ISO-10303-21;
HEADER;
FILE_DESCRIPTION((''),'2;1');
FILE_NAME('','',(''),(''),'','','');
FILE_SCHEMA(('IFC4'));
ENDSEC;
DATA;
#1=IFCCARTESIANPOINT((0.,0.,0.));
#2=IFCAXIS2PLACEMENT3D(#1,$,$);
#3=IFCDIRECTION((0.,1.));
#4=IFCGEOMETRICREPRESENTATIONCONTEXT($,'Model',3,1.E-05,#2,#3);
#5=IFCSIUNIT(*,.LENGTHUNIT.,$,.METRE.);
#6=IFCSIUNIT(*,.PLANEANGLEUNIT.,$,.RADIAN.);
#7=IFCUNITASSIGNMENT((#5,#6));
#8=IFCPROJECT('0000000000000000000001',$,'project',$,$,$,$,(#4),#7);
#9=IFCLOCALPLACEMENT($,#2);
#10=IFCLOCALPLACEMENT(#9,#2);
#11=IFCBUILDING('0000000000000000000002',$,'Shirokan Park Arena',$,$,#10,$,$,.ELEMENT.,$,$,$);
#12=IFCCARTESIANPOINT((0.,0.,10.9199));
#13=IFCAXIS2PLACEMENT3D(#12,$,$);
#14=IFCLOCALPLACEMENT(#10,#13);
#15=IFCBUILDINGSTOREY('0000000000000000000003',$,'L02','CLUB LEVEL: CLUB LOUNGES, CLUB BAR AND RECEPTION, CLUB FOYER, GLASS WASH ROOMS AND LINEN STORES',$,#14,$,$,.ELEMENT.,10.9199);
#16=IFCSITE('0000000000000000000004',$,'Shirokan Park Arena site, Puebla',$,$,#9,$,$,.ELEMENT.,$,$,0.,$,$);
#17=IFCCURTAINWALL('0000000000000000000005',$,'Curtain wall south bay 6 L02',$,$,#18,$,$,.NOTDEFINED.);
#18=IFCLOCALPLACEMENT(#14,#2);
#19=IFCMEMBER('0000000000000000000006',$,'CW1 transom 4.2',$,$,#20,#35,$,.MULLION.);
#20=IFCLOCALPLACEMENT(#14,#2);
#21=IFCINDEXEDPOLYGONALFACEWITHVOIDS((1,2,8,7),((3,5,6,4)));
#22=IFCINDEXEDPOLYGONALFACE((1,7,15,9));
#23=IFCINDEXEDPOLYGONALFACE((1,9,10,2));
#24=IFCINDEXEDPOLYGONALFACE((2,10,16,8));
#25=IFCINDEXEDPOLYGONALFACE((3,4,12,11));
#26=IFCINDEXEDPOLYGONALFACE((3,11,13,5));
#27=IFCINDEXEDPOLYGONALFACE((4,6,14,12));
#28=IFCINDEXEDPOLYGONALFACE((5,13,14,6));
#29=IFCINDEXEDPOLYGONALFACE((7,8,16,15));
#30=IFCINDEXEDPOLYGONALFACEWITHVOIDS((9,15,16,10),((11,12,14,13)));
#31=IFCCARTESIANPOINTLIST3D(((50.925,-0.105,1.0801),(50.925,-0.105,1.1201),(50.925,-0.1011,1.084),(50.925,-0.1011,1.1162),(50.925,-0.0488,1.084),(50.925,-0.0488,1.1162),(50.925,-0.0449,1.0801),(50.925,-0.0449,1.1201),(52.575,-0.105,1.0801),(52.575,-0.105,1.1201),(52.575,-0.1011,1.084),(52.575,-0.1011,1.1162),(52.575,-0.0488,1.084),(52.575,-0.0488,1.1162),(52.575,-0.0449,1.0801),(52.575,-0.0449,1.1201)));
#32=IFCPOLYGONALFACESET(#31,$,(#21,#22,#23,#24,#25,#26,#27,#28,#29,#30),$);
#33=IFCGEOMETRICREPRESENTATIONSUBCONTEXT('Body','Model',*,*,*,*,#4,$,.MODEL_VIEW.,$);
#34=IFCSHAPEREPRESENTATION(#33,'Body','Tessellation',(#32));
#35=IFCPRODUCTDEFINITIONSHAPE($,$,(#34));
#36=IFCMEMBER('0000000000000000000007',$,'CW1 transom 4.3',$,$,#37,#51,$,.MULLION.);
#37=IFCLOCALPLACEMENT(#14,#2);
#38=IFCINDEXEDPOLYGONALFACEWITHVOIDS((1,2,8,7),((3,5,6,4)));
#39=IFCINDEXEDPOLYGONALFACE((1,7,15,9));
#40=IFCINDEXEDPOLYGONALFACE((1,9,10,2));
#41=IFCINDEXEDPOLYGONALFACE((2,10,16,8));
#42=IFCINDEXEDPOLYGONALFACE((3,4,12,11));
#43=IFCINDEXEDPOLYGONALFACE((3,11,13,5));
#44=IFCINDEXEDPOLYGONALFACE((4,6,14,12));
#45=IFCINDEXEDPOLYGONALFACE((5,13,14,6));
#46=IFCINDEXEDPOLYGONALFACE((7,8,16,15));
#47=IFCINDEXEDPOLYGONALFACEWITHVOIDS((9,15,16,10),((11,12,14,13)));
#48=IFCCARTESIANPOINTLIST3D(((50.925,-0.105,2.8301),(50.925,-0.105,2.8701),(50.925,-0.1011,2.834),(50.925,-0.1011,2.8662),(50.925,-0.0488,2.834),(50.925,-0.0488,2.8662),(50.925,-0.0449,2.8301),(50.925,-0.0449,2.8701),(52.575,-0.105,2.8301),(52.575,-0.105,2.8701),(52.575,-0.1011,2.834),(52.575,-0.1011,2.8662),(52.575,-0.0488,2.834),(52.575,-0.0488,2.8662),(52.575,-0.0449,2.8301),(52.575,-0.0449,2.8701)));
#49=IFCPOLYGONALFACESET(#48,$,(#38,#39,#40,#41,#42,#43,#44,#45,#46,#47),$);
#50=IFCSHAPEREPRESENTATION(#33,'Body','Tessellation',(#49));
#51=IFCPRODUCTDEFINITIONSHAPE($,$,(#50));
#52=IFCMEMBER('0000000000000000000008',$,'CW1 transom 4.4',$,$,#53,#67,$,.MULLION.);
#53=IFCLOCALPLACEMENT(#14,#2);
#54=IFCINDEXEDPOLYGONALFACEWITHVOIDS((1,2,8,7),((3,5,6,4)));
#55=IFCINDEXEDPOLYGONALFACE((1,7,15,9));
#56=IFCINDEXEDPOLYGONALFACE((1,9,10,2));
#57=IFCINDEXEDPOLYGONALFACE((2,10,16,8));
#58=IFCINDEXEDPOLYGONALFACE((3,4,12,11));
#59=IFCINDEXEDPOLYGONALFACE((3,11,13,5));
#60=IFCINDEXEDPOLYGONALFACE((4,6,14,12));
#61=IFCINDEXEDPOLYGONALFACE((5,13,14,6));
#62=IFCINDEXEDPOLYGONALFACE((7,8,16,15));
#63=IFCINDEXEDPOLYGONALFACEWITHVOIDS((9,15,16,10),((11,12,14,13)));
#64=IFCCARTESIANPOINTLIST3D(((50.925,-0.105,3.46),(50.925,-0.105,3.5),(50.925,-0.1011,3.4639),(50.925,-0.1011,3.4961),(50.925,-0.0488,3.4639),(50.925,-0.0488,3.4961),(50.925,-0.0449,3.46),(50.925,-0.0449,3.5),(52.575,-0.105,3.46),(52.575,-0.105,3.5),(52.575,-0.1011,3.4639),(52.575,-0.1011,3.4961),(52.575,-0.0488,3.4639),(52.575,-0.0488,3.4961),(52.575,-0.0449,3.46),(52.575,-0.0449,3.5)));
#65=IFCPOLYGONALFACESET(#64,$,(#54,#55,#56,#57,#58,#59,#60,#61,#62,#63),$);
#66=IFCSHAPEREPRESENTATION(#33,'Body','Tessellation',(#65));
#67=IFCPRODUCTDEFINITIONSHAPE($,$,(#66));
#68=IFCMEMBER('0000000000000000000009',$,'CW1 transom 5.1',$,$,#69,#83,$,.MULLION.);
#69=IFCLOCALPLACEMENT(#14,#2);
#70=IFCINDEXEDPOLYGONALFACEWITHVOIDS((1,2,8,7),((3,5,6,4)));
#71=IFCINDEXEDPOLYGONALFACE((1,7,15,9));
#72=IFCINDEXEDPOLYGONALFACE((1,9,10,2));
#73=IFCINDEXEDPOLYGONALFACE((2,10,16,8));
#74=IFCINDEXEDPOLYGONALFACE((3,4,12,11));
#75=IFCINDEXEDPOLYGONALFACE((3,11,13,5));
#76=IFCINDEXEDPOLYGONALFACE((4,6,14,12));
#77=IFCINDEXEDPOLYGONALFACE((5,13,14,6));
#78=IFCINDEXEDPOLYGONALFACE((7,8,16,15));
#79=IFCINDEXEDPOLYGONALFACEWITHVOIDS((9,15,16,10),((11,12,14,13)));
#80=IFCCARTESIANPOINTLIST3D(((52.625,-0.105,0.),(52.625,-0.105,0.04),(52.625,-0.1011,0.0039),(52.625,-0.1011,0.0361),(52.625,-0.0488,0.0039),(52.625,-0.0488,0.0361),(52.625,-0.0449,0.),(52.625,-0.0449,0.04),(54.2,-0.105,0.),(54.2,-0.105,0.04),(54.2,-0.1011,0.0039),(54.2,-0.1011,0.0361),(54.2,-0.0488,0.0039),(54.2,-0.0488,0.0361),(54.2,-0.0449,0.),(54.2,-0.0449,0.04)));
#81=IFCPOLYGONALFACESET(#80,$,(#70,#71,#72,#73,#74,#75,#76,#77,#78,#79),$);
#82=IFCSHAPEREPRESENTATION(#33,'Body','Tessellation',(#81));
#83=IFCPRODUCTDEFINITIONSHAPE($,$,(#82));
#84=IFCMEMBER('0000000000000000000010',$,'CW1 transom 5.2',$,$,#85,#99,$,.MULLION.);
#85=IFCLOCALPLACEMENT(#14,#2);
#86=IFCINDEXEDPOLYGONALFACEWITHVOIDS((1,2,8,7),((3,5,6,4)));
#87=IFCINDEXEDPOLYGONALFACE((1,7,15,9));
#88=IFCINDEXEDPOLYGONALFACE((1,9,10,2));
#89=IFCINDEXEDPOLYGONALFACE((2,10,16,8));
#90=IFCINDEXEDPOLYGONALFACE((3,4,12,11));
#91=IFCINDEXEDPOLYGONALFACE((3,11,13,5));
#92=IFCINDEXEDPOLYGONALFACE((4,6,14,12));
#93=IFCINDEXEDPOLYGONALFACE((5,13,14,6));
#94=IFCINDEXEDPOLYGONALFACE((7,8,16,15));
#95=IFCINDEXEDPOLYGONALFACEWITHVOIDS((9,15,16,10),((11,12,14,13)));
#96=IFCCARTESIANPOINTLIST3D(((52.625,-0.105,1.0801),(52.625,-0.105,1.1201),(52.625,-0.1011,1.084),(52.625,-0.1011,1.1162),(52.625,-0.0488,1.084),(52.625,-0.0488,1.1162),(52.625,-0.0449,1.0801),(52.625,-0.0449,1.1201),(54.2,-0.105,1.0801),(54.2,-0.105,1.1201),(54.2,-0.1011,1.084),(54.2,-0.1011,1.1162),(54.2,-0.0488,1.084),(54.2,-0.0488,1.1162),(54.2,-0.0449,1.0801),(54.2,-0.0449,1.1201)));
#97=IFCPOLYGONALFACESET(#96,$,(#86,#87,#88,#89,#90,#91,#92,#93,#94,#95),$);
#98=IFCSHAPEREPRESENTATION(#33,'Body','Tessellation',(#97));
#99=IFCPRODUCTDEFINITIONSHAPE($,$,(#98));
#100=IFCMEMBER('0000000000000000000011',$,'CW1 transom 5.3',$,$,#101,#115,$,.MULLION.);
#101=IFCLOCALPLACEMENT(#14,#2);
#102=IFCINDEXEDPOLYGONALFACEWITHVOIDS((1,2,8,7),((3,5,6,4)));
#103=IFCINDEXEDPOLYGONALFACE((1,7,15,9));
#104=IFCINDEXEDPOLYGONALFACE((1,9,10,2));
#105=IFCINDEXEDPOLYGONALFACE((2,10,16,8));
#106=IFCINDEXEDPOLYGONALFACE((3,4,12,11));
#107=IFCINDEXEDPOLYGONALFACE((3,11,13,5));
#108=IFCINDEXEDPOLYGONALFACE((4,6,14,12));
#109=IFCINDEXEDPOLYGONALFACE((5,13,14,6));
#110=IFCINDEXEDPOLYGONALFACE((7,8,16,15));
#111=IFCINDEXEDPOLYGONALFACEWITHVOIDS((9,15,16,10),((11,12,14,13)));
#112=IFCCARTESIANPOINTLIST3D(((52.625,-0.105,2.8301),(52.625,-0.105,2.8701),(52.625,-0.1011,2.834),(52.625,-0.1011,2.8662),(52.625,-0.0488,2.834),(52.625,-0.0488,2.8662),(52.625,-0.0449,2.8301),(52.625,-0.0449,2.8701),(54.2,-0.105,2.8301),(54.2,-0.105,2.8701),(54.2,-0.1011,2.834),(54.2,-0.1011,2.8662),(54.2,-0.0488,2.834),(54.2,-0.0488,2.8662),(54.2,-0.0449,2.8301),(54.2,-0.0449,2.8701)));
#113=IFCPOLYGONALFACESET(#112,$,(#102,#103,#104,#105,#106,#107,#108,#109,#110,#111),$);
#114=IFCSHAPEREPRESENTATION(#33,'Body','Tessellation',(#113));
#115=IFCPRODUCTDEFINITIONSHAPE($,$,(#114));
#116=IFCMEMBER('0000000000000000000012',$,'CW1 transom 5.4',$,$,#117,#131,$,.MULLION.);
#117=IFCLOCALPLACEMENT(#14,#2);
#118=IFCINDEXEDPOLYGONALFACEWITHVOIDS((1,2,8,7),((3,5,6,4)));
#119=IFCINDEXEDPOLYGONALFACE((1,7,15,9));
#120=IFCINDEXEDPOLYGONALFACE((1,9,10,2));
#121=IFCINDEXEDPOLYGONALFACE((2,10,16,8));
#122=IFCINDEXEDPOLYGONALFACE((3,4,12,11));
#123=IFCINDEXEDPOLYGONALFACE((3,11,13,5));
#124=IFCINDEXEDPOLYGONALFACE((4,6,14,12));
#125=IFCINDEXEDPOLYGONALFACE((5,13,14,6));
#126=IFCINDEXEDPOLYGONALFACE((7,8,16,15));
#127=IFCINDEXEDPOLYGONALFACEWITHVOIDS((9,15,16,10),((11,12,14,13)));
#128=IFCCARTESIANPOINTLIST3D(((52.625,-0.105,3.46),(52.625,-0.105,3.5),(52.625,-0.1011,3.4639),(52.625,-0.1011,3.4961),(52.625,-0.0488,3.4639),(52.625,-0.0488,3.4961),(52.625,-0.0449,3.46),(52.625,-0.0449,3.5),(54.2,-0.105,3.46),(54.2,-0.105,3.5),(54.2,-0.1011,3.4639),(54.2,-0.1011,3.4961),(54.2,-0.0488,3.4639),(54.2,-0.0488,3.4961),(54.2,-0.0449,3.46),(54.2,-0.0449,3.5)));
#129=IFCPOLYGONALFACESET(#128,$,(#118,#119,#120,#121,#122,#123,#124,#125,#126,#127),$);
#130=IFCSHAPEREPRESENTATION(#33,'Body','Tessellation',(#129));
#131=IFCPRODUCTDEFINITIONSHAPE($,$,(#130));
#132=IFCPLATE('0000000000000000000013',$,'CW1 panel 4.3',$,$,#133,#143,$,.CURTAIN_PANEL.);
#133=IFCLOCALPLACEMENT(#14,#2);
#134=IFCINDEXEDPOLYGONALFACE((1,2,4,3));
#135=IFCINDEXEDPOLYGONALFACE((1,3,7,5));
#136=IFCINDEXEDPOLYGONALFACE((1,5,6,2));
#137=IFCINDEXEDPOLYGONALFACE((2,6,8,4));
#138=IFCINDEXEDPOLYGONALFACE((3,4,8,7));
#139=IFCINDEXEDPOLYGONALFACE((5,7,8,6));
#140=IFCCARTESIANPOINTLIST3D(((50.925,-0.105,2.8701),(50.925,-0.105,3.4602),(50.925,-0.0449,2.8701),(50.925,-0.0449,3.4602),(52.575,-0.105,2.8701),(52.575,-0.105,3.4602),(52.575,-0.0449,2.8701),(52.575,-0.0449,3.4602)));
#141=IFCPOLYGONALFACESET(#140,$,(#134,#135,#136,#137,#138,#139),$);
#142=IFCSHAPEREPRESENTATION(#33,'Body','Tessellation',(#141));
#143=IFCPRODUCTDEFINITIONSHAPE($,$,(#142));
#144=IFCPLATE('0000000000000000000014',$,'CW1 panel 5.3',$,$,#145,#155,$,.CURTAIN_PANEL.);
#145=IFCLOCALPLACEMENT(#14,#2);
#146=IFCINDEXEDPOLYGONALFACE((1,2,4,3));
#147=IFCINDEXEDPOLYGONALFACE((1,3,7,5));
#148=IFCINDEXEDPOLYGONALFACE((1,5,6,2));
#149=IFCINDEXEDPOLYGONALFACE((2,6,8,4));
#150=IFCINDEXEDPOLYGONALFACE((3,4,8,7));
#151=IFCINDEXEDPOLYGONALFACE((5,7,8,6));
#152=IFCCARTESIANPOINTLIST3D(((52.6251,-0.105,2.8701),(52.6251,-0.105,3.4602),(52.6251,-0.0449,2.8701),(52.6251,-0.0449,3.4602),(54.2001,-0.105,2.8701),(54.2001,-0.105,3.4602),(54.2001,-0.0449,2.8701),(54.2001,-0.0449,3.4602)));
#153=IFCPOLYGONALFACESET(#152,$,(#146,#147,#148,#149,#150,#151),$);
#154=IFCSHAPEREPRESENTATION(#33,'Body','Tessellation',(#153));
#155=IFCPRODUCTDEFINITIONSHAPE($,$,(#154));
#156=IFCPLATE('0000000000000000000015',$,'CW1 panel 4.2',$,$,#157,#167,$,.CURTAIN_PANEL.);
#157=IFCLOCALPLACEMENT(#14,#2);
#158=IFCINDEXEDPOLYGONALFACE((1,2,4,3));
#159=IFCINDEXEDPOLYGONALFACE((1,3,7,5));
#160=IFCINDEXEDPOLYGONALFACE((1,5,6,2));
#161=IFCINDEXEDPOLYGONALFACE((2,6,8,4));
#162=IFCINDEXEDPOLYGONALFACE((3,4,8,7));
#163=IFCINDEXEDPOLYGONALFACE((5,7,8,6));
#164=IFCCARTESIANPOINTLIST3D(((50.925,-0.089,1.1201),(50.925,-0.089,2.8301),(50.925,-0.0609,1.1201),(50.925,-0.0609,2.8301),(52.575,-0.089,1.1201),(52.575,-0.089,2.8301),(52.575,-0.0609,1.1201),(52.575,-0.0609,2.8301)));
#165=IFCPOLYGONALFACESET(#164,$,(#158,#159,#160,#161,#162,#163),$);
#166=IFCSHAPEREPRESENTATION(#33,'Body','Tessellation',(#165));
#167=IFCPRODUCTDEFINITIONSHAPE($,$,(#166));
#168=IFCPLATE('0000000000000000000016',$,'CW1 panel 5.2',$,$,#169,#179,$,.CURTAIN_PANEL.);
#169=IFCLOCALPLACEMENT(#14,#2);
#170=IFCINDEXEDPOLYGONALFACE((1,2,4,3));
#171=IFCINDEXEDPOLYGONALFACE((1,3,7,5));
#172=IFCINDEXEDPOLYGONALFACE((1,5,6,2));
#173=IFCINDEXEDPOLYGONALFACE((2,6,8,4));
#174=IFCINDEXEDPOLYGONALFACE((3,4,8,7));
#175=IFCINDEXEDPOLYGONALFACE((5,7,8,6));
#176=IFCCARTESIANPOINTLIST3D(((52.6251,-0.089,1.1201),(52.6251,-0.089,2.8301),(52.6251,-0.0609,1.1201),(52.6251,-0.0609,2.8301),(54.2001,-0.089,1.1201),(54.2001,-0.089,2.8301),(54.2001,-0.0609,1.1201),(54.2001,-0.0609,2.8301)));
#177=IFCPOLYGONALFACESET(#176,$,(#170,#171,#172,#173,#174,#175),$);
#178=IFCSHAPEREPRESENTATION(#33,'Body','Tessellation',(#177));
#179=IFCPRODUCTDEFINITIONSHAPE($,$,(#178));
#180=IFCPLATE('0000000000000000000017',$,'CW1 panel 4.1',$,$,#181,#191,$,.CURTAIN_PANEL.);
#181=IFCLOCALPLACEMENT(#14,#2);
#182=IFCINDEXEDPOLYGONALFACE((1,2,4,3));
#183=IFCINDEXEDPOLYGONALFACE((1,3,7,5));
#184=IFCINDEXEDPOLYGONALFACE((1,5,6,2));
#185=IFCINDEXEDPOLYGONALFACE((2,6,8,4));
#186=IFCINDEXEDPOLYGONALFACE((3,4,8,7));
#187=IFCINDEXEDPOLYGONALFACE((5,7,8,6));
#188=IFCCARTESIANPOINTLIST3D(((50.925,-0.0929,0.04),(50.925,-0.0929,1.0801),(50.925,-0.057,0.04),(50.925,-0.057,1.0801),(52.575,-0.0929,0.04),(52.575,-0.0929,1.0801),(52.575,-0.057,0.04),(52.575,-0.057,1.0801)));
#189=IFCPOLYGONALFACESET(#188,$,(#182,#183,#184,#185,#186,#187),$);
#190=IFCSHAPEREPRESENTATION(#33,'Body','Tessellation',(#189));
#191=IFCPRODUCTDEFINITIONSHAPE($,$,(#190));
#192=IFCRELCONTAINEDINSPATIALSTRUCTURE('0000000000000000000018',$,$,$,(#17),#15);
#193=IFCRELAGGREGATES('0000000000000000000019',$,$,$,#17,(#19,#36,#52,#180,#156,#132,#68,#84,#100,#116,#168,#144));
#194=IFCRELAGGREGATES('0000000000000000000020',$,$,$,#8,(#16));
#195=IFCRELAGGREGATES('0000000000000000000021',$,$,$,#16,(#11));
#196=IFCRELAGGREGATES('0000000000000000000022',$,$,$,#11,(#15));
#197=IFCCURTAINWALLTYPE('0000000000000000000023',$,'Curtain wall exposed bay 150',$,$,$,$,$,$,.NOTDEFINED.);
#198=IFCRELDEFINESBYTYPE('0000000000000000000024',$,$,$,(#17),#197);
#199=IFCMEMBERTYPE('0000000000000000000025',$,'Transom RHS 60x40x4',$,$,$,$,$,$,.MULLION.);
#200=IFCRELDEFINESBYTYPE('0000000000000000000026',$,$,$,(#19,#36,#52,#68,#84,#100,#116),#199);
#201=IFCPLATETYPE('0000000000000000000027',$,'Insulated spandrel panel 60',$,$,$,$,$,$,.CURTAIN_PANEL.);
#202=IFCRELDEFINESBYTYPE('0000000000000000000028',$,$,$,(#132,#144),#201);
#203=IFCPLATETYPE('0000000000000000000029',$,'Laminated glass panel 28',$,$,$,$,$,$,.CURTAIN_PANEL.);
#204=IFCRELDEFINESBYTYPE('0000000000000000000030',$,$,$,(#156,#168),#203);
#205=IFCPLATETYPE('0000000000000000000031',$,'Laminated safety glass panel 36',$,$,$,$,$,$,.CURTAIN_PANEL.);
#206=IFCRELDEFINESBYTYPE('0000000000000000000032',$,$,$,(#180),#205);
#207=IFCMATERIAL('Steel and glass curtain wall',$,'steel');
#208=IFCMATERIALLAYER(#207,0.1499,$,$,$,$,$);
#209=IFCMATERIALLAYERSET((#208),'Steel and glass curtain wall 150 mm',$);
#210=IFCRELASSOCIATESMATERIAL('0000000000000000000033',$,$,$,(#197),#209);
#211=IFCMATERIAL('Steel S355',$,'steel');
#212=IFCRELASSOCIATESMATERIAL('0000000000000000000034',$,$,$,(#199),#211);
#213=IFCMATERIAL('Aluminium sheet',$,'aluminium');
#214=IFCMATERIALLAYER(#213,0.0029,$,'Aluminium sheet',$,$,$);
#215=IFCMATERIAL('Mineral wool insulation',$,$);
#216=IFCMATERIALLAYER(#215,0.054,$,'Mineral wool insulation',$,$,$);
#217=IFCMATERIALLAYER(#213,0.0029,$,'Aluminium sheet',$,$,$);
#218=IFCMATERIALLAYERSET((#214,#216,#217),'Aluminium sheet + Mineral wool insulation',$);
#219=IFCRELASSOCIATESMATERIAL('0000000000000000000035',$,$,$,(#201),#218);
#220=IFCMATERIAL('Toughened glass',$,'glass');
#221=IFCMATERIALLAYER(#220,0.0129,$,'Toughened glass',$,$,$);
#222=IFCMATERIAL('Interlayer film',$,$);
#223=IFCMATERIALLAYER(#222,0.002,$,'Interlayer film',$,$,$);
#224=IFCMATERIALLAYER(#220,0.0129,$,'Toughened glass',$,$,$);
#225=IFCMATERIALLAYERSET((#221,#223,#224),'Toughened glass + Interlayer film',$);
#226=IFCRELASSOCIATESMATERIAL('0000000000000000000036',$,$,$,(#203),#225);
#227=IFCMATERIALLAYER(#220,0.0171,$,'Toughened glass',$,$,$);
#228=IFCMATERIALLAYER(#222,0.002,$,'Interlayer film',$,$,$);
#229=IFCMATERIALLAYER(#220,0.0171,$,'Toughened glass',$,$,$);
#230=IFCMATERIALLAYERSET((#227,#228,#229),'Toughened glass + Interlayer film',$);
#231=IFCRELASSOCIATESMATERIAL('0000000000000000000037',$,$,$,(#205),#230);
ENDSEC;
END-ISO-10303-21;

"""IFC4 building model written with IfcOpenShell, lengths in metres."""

from ifc_helpers import new_model, si_unit, direction, frame, origin, origin_2d, place, context, subcontext, project, spatial, rectangle, hollow_rectangle, extrude, material, layer, layer_set, material_profile, profile_set, type_object, element, aggregate, save


model = new_model("IFC4")

# Units and contexts
model_context = context("Model", 3, precision=1e-05, world=origin(), true_north=direction((0.0, 1.0)))
body_context = subcontext(model_context, "Body", "Model", "MODEL_VIEW")
ifc_project = project(units=[si_unit("LENGTHUNIT", "METRE"), si_unit("PLANEANGLEUNIT", "RADIAN")], contexts=[model_context])

# Site, building, storey
site_placement = place(None, origin())
site = spatial("IfcSite", under=ifc_project, at=site_placement, Name="Shirokan Park Arena site, Puebla", CompositionType="ELEMENT", RefElevation=0.0)
building_placement = place(site_placement, origin())
building = spatial("IfcBuilding", under=site, at=building_placement, Name="Shirokan Park Arena", CompositionType="ELEMENT")
storey_placement = place(building_placement, frame((0.0, 0.0, 10.9199)))
storey = spatial("IfcBuildingStorey", under=building, at=storey_placement, Name="L02", Description="CLUB LEVEL: CLUB LOUNGES, CLUB BAR AND RECEPTION, CLUB FOYER, GLASS WASH ROOMS AND LINEN STORES", CompositionType="ELEMENT", Elevation=10.9199)

# Curtain wall
ifc_material_1 = material(Name="Steel and glass curtain wall", Category="steel")
ifc_layer_1 = layer(ifc_material_1, 0.1499)
ifc_layer_set_1 = layer_set([ifc_layer_1], Name="Steel and glass curtain wall 150 mm")
curtain_wall_type = type_object("IfcCurtainWallType", Name="Curtain wall exposed bay 150", PredefinedType="NOTDEFINED", material=ifc_layer_set_1)
curtain_wall_placement = place(storey_placement, origin())
curtain_wall = element("IfcCurtainWall", 1, at=curtain_wall_placement, inside=storey, type_object=curtain_wall_type, Name="Curtain wall south bay 6 L02", PredefinedType="NOTDEFINED")
ifc_material_2 = material(Name="Steel S355", Category="steel")

# Members
ifc_material_profile_1 = material_profile(ifc_material_2, hollow_rectangle(XDim=0.0601, YDim=0.04, WallThickness=0.0039, at=origin_2d()), Name="RHS 60x40x4")
ifc_profile_set_1 = profile_set([ifc_material_profile_1], Name="Steel S355")
member_type_1 = type_object("IfcMemberType", Name="Transom RHS 60x40x4", PredefinedType="MULLION", material=ifc_profile_set_1)
member_1_placement = place(storey_placement, frame((50.925, -0.075, 1.1001), z_axis=(1.0, 0.0, 0.0), x_axis=(0.0, 1.0, 0.0)))
member_1 = element("IfcMember", 2, at=member_1_placement, type_object=member_type_1, Name="CW1 transom 4.2", PredefinedType="MULLION", context=body_context, shape_type="SweptSolid", body=[
    extrude(hollow_rectangle(XDim=0.0601, YDim=0.04, WallThickness=0.0039, at=origin_2d()), origin(), (0.0, 0.0, 1.0), 1.6499),
])
member_2_placement = place(storey_placement, frame((50.925, -0.075, 2.8501), z_axis=(1.0, 0.0, 0.0), x_axis=(0.0, 1.0, 0.0)))
member_2 = element("IfcMember", 3, at=member_2_placement, type_object=member_type_1, Name="CW1 transom 4.3", PredefinedType="MULLION", context=body_context, shape_type="SweptSolid", body=[
    extrude(hollow_rectangle(XDim=0.0601, YDim=0.04, WallThickness=0.0039, at=origin_2d()), origin(), (0.0, 0.0, 1.0), 1.6499),
])
member_3_placement = place(storey_placement, frame((50.925, -0.075, 3.48), z_axis=(1.0, 0.0, 0.0), x_axis=(0.0, 1.0, 0.0)))
member_3 = element("IfcMember", 4, at=member_3_placement, type_object=member_type_1, Name="CW1 transom 4.4", PredefinedType="MULLION", context=body_context, shape_type="SweptSolid", body=[
    extrude(hollow_rectangle(XDim=0.0601, YDim=0.04, WallThickness=0.0039, at=origin_2d()), origin(), (0.0, 0.0, 1.0), 1.6499),
])
member_4_placement = place(storey_placement, frame((52.625, -0.075, 0.02), z_axis=(1.0, 0.0, 0.0), x_axis=(0.0, 1.0, 0.0)))
member_4 = element("IfcMember", 5, at=member_4_placement, type_object=member_type_1, Name="CW1 transom 5.1", PredefinedType="MULLION", context=body_context, shape_type="SweptSolid", body=[
    extrude(hollow_rectangle(XDim=0.0601, YDim=0.04, WallThickness=0.0039, at=origin_2d()), origin(), (0.0, 0.0, 1.0), 1.575),
])
member_5_placement = place(storey_placement, frame((52.625, -0.075, 1.1001), z_axis=(1.0, 0.0, 0.0), x_axis=(0.0, 1.0, 0.0)))
member_5 = element("IfcMember", 6, at=member_5_placement, type_object=member_type_1, Name="CW1 transom 5.2", PredefinedType="MULLION", context=body_context, shape_type="SweptSolid", body=[
    extrude(hollow_rectangle(XDim=0.0601, YDim=0.04, WallThickness=0.0039, at=origin_2d()), origin(), (0.0, 0.0, 1.0), 1.575),
])
member_6_placement = place(storey_placement, frame((52.625, -0.075, 2.8501), z_axis=(1.0, 0.0, 0.0), x_axis=(0.0, 1.0, 0.0)))
member_6 = element("IfcMember", 7, at=member_6_placement, type_object=member_type_1, Name="CW1 transom 5.3", PredefinedType="MULLION", context=body_context, shape_type="SweptSolid", body=[
    extrude(hollow_rectangle(XDim=0.0601, YDim=0.04, WallThickness=0.0039, at=origin_2d()), origin(), (0.0, 0.0, 1.0), 1.575),
])
member_7_placement = place(storey_placement, frame((52.625, -0.075, 3.48), z_axis=(1.0, 0.0, 0.0), x_axis=(0.0, 1.0, 0.0)))
member_7 = element("IfcMember", 8, at=member_7_placement, type_object=member_type_1, Name="CW1 transom 5.4", PredefinedType="MULLION", context=body_context, shape_type="SweptSolid", body=[
    extrude(hollow_rectangle(XDim=0.0601, YDim=0.04, WallThickness=0.0039, at=origin_2d()), origin(), (0.0, 0.0, 1.0), 1.575),
])

# Plates
ifc_material_3 = material(Name="Aluminium sheet", Category="aluminium")
ifc_layer_2 = layer(ifc_material_3, 0.0029, Name="Aluminium sheet")
ifc_material_4 = material(Name="Mineral wool insulation")
ifc_layer_3 = layer(ifc_material_4, 0.054, Name="Mineral wool insulation")
ifc_layer_4 = layer(ifc_material_3, 0.0029, Name="Aluminium sheet")
ifc_layer_set_2 = layer_set([ifc_layer_2, ifc_layer_3, ifc_layer_4], Name="Aluminium sheet + Mineral wool insulation")
plate_type_1 = type_object("IfcPlateType", Name="Insulated spandrel panel 60", PredefinedType="CURTAIN_PANEL", material=ifc_layer_set_2)
plate_1_placement = place(storey_placement, frame((51.75, -0.075, 2.8701), z_axis=(0.0, 0.0, 1.0), x_axis=(1.0, 0.0, 0.0)))
plate_1 = element("IfcPlate", 9, at=plate_1_placement, type_object=plate_type_1, Name="CW1 panel 4.3", PredefinedType="CURTAIN_PANEL", context=body_context, shape_type="SweptSolid", body=[
    extrude(rectangle(XDim=1.6499, YDim=0.0601, at=origin_2d()), origin(), (0.0, 0.0, 1.0), 0.5901),
])
plate_2_placement = place(storey_placement, frame((53.4126, -0.075, 2.8701), z_axis=(0.0, 0.0, 1.0), x_axis=(1.0, 0.0, 0.0)))
plate_2 = element("IfcPlate", 10, at=plate_2_placement, type_object=plate_type_1, Name="CW1 panel 5.3", PredefinedType="CURTAIN_PANEL", context=body_context, shape_type="SweptSolid", body=[
    extrude(rectangle(XDim=1.575, YDim=0.0601, at=origin_2d()), origin(), (0.0, 0.0, 1.0), 0.5901),
])
ifc_material_5 = material(Name="Toughened glass", Category="glass")
ifc_layer_5 = layer(ifc_material_5, 0.0129, Name="Toughened glass")
ifc_material_6 = material(Name="Interlayer film")
ifc_layer_6 = layer(ifc_material_6, 0.002, Name="Interlayer film")
ifc_layer_7 = layer(ifc_material_5, 0.0129, Name="Toughened glass")
ifc_layer_set_3 = layer_set([ifc_layer_5, ifc_layer_6, ifc_layer_7], Name="Toughened glass + Interlayer film")
plate_type_2 = type_object("IfcPlateType", Name="Laminated glass panel 28", PredefinedType="CURTAIN_PANEL", material=ifc_layer_set_3)
plate_3_placement = place(storey_placement, frame((51.75, -0.075, 1.1201), z_axis=(0.0, 0.0, 1.0), x_axis=(1.0, 0.0, 0.0)))
plate_3 = element("IfcPlate", 11, at=plate_3_placement, type_object=plate_type_2, Name="CW1 panel 4.2", PredefinedType="CURTAIN_PANEL", context=body_context, shape_type="SweptSolid", body=[
    extrude(rectangle(XDim=1.6499, YDim=0.0281, at=origin_2d()), origin(), (0.0, 0.0, 1.0), 1.71),
])
plate_4_placement = place(storey_placement, frame((53.4126, -0.075, 1.1201), z_axis=(0.0, 0.0, 1.0), x_axis=(1.0, 0.0, 0.0)))
plate_4 = element("IfcPlate", 12, at=plate_4_placement, type_object=plate_type_2, Name="CW1 panel 5.2", PredefinedType="CURTAIN_PANEL", context=body_context, shape_type="SweptSolid", body=[
    extrude(rectangle(XDim=1.575, YDim=0.0281, at=origin_2d()), origin(), (0.0, 0.0, 1.0), 1.71),
])
ifc_layer_8 = layer(ifc_material_5, 0.0171, Name="Toughened glass")
ifc_layer_9 = layer(ifc_material_6, 0.002, Name="Interlayer film")
ifc_layer_10 = layer(ifc_material_5, 0.0171, Name="Toughened glass")
ifc_layer_set_4 = layer_set([ifc_layer_8, ifc_layer_9, ifc_layer_10], Name="Toughened glass + Interlayer film")
plate_type_3 = type_object("IfcPlateType", Name="Laminated safety glass panel 36", PredefinedType="CURTAIN_PANEL", material=ifc_layer_set_4)
plate_5_placement = place(storey_placement, frame((51.75, -0.075, 0.04), z_axis=(0.0, 0.0, 1.0), x_axis=(1.0, 0.0, 0.0)))
plate_5 = element("IfcPlate", 13, at=plate_5_placement, type_object=plate_type_3, Name="CW1 panel 4.1", PredefinedType="CURTAIN_PANEL", context=body_context, shape_type="SweptSolid", body=[
    extrude(rectangle(XDim=1.6499, YDim=0.0359, at=origin_2d()), origin(), (0.0, 0.0, 1.0), 1.04),
])
aggregate(curtain_wall, [member_1, member_2, member_3, plate_5, plate_3, plate_1, member_4, member_5, member_6, member_7, plate_4, plate_2])

save(model, "model.ifc")
